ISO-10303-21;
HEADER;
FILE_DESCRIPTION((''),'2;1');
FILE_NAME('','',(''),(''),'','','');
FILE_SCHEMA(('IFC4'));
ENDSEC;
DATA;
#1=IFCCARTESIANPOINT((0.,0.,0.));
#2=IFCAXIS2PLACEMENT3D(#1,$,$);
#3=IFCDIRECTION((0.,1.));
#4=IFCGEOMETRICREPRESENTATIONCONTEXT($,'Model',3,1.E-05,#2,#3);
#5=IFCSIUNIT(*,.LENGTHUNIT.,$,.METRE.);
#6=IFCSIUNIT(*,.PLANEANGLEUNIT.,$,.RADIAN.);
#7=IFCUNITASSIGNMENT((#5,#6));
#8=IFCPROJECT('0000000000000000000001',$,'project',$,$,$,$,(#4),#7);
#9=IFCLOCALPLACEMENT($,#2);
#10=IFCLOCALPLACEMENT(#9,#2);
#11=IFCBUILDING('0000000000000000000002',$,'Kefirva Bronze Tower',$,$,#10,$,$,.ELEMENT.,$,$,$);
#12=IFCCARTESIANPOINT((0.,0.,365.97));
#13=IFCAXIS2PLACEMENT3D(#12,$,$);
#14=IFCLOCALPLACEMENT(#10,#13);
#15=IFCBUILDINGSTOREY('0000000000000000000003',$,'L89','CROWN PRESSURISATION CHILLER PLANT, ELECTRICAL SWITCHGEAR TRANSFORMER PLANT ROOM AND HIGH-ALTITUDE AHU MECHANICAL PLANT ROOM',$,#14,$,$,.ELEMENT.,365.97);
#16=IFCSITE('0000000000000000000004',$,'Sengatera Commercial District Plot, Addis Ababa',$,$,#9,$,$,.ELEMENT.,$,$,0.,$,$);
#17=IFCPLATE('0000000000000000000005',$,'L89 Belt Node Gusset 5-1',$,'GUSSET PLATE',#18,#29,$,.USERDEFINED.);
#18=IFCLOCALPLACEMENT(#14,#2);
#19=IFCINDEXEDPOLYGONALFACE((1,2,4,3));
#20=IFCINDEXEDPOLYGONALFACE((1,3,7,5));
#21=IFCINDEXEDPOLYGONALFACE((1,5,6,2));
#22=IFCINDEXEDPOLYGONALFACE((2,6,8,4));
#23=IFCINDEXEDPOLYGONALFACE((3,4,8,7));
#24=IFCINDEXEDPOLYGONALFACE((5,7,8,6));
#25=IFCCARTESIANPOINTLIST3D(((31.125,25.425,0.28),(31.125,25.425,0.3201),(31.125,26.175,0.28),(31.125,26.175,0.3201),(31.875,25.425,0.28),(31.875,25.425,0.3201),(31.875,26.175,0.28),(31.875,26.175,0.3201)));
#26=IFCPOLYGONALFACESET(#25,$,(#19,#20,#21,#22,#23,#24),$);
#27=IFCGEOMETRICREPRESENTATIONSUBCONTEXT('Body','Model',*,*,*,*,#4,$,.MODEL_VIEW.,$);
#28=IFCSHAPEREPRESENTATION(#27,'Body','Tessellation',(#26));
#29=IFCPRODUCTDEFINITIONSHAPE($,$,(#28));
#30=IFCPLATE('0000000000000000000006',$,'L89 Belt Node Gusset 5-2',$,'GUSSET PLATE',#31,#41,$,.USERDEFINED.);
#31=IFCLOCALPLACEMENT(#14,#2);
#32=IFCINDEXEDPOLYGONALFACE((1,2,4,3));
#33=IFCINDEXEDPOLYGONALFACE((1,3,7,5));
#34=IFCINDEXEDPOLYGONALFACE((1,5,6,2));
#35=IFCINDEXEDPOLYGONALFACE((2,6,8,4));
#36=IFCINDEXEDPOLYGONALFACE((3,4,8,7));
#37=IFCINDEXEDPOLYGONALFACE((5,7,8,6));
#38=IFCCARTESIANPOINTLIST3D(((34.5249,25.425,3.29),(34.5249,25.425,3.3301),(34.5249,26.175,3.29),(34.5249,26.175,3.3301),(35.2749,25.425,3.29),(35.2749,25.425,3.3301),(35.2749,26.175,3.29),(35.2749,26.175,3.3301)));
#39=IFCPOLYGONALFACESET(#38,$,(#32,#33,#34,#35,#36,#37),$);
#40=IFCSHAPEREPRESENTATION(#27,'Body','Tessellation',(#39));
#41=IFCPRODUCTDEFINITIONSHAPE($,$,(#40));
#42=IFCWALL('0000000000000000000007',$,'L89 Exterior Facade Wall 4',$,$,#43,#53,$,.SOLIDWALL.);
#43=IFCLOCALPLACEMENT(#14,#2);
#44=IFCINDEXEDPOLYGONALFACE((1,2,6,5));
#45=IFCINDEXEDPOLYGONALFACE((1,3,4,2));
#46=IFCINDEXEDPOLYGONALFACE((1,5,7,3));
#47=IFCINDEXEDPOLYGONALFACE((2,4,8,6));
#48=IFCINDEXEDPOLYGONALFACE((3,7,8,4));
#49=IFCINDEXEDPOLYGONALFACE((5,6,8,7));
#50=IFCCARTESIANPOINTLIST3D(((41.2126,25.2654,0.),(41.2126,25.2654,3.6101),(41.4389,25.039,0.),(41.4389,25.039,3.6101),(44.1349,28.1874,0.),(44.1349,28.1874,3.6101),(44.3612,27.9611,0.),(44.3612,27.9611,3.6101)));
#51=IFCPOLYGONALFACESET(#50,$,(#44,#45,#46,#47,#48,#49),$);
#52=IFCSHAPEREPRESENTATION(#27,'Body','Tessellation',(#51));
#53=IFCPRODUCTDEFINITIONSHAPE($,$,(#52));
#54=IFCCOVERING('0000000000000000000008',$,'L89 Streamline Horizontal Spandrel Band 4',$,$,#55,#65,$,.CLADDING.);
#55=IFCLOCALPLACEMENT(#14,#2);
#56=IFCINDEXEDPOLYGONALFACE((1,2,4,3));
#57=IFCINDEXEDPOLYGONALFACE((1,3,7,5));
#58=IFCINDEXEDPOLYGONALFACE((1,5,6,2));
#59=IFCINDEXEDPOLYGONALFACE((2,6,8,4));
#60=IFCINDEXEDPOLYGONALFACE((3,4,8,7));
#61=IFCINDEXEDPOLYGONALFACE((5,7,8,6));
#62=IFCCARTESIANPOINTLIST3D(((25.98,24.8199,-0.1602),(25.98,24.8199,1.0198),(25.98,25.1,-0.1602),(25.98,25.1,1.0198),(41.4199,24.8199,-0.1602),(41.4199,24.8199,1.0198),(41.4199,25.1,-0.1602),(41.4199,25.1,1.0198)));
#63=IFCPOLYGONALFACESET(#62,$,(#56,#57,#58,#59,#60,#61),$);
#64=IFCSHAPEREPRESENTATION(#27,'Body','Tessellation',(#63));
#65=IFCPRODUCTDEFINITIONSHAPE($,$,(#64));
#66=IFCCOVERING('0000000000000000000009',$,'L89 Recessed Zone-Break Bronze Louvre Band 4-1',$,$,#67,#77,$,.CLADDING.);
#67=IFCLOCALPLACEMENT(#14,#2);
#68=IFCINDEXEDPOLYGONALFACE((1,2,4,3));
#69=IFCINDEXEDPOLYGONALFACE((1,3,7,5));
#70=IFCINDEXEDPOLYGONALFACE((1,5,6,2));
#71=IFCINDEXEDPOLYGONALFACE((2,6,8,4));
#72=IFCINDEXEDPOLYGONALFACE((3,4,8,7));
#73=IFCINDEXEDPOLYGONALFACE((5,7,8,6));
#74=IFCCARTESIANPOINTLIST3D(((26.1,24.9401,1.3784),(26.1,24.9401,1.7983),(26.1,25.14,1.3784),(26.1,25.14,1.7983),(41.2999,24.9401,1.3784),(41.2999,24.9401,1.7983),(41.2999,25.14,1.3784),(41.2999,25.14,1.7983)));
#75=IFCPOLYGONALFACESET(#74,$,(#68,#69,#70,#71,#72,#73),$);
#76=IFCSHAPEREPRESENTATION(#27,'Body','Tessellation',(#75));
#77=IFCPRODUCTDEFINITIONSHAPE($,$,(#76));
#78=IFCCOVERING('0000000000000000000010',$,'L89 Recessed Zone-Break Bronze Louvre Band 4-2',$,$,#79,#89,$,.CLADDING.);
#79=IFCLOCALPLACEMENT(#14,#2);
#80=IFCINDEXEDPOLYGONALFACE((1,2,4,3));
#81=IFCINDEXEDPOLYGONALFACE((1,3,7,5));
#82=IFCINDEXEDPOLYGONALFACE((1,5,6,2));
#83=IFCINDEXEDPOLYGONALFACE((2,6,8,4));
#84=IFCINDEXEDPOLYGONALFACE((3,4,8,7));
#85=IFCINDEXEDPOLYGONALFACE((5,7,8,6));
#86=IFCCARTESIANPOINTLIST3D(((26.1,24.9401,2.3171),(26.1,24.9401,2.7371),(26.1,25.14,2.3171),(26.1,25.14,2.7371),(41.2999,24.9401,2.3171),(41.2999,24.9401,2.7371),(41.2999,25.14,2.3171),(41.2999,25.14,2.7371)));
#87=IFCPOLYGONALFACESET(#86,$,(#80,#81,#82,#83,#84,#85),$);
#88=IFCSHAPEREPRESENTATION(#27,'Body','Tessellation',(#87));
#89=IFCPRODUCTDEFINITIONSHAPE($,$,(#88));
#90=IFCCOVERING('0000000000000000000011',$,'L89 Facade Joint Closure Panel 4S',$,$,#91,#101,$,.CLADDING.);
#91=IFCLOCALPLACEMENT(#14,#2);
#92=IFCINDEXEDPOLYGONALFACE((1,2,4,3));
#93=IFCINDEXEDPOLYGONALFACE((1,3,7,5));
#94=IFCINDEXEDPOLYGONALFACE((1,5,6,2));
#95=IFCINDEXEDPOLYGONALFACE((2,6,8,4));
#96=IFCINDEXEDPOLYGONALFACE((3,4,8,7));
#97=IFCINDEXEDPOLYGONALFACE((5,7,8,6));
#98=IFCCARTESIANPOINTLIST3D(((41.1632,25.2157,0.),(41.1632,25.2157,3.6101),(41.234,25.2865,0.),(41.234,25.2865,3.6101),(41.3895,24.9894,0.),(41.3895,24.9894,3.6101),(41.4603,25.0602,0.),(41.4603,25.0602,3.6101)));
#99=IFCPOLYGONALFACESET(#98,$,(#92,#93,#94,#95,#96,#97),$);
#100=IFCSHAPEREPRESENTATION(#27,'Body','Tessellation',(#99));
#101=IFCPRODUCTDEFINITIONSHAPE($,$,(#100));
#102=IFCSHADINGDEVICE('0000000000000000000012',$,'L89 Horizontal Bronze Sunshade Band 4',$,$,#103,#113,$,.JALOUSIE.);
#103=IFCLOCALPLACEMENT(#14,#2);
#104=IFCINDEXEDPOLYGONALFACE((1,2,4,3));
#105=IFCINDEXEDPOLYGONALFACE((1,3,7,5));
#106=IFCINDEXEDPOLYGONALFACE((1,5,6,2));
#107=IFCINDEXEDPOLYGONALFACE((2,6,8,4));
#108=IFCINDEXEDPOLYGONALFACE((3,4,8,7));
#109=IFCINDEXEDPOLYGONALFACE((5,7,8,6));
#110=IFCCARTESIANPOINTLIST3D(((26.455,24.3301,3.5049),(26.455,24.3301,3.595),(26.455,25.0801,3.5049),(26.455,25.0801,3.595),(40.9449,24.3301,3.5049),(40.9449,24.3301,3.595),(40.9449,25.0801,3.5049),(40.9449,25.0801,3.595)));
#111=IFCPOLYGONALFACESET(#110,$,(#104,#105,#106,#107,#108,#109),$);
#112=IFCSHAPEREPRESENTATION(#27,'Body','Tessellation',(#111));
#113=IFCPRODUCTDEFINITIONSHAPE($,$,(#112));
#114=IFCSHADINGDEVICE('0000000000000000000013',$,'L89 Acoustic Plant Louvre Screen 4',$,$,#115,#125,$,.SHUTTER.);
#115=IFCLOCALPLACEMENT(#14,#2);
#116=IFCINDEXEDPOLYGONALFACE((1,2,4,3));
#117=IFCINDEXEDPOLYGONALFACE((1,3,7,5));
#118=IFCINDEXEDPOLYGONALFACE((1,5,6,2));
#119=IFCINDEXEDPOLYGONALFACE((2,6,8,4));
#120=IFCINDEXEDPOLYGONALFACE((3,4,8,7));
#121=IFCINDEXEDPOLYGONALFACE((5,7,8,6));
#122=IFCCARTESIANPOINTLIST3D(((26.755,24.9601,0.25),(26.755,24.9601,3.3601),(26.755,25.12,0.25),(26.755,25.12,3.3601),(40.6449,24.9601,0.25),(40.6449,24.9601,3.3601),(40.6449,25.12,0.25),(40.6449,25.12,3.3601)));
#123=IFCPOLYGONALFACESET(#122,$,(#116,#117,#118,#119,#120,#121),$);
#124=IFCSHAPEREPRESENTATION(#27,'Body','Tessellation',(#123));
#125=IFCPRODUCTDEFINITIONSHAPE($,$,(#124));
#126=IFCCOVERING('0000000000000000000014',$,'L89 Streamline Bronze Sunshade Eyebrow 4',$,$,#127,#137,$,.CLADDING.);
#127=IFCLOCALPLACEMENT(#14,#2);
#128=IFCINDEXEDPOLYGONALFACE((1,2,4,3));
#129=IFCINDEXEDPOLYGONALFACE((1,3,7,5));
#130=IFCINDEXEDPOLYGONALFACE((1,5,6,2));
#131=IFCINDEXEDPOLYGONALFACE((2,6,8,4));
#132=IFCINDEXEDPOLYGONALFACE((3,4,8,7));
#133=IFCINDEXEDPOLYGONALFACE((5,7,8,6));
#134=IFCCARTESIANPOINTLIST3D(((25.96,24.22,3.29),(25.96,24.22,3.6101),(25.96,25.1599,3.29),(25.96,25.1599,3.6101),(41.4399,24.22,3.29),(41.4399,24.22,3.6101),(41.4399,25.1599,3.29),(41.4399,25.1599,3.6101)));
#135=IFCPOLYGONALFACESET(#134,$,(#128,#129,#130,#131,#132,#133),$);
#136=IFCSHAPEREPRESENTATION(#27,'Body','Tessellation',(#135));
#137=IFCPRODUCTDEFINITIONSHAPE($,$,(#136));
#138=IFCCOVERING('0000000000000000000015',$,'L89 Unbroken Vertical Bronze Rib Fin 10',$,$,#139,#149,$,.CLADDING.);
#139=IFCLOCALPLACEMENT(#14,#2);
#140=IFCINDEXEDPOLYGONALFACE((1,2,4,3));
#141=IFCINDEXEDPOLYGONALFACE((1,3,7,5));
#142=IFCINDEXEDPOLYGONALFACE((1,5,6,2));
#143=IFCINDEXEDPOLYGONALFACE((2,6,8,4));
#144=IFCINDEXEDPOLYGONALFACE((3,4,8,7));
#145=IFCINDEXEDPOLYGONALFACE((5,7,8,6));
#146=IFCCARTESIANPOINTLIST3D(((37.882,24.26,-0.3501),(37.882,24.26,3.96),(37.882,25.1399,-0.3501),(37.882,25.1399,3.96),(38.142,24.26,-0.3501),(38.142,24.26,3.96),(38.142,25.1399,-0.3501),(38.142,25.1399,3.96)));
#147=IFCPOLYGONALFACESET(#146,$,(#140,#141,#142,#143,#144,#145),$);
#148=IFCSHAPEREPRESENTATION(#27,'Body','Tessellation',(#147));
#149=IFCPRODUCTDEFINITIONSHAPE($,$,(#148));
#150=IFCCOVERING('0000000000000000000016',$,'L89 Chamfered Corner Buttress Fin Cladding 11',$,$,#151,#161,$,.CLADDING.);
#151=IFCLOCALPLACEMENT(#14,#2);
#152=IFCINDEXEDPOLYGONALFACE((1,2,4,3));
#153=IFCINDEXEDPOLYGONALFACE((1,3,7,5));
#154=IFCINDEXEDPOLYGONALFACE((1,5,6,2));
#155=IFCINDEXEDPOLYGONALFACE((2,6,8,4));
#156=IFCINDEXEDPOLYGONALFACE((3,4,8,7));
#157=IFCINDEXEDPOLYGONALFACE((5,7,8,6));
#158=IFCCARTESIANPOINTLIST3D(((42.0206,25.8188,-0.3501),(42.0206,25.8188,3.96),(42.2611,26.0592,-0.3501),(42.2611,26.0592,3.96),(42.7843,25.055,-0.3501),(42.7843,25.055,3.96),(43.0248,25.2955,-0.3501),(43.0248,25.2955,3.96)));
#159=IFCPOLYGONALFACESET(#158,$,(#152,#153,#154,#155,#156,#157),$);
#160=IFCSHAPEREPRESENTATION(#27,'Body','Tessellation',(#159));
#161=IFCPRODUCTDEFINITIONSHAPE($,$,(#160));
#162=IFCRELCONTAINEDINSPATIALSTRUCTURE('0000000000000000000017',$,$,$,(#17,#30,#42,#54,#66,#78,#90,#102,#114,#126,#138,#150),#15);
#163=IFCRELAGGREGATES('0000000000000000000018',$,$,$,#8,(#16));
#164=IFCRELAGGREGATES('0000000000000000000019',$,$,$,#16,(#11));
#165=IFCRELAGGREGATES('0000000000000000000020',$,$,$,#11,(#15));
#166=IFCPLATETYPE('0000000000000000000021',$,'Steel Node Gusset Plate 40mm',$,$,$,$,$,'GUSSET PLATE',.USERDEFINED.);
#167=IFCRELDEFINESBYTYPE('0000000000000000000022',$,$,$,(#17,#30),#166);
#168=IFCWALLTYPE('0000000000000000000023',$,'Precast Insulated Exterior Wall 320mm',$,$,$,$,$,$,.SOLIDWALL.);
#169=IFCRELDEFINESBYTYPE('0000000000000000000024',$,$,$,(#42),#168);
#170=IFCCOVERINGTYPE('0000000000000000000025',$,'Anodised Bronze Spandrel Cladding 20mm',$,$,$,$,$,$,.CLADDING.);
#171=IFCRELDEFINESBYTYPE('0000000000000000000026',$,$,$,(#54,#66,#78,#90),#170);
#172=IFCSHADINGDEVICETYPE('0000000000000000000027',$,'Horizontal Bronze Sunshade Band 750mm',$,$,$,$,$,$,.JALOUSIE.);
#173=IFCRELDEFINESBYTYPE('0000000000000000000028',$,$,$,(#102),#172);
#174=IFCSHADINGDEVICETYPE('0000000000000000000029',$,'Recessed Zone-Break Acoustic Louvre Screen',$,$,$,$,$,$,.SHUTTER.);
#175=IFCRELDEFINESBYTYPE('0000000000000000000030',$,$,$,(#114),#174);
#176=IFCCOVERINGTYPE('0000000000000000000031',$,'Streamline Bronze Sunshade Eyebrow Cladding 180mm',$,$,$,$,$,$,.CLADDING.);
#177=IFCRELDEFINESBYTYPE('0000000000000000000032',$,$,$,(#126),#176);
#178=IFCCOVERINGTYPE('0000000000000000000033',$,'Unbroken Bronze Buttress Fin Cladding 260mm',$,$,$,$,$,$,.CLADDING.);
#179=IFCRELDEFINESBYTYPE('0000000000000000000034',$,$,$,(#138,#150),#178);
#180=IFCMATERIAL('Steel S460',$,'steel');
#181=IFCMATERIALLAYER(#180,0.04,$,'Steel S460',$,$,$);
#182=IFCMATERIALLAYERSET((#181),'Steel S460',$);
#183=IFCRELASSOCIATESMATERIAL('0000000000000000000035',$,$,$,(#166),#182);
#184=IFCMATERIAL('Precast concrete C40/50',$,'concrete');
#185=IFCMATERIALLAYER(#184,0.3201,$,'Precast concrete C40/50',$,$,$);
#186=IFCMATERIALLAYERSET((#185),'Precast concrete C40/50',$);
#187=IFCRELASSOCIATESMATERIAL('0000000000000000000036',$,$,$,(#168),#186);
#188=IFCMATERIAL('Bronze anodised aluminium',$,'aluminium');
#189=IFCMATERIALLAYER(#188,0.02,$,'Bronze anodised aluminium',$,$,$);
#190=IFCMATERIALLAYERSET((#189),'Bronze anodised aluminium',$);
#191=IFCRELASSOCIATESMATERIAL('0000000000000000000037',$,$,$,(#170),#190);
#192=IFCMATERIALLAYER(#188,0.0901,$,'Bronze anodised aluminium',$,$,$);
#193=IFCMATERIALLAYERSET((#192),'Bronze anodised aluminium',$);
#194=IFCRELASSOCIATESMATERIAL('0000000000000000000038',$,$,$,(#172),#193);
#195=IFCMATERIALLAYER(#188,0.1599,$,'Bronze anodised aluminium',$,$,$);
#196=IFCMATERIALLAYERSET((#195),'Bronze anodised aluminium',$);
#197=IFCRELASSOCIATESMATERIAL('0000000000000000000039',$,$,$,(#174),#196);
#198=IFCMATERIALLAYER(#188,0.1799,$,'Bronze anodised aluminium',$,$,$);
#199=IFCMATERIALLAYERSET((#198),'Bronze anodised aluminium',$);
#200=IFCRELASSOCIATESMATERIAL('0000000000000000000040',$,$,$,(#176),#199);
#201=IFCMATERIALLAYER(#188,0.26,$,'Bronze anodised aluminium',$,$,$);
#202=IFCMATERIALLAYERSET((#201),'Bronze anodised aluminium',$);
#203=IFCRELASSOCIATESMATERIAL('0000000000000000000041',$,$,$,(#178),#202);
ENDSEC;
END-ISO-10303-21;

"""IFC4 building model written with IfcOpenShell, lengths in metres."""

from ifc_helpers import new_model, si_unit, direction, frame, frame_2d, origin, origin_2d, place, context, subcontext, project, spatial, rectangle, extrude, material, layer, layer_set, type_object, element, save


model = new_model("IFC4")

# Units and contexts
model_context = context("Model", 3, precision=1e-05, world=origin(), true_north=direction((0.0, 1.0)))
body_context = subcontext(model_context, "Body", "Model", "MODEL_VIEW")
ifc_project = project(units=[si_unit("LENGTHUNIT", "METRE"), si_unit("PLANEANGLEUNIT", "RADIAN")], contexts=[model_context])

# Site, building, storey
site_placement = place(None, origin())
site = spatial("IfcSite", under=ifc_project, at=site_placement, Name="Sengatera Commercial District Plot, Addis Ababa", CompositionType="ELEMENT", RefElevation=0.0)
building_placement = place(site_placement, origin())
building = spatial("IfcBuilding", under=site, at=building_placement, Name="Kefirva Bronze Tower", CompositionType="ELEMENT")
storey_placement = place(building_placement, frame((0.0, 0.0, 365.97)))
storey = spatial("IfcBuildingStorey", under=building, at=storey_placement, Name="L89", Description="CROWN PRESSURISATION CHILLER PLANT, ELECTRICAL SWITCHGEAR TRANSFORMER PLANT ROOM AND HIGH-ALTITUDE AHU MECHANICAL PLANT ROOM", CompositionType="ELEMENT", Elevation=365.97)

# Shared definitions
ifc_material_1 = material(Name="Bronze anodised aluminium", Category="aluminium")

# Shared definitions
ifc_material_2 = material(Name="Steel S460", Category="steel")

# Plates
ifc_layer_1 = layer(ifc_material_2, 0.04, Name="Steel S460")
ifc_layer_set_1 = layer_set([ifc_layer_1], Name="Steel S460")
plate_type_1 = type_object("IfcPlateType", Name="Steel Node Gusset Plate 40mm", ElementType="GUSSET PLATE", PredefinedType="USERDEFINED", material=ifc_layer_set_1)
for number, where, z_axis, x_axis, name in (
    (1, (31.5, 25.8, 0.28), (0.0, 0.0, 1.0), (1.0, 0.0, 0.0), "L89 Belt Node Gusset 5-1"),
    (2, (34.8999, 25.8, 3.29), (0.0, 0.0, 1.0), (1.0, 0.0, 0.0), "L89 Belt Node Gusset 5-2"),
):
    element("IfcPlate", number, at=place(storey_placement, frame(where, z_axis=z_axis, x_axis=x_axis)), inside=storey, type_object=plate_type_1, Name=name, ObjectType="GUSSET PLATE", PredefinedType="USERDEFINED", context=body_context, shape_type="SweptSolid", body=[
        extrude(rectangle(XDim=0.75, YDim=0.75, at=origin_2d()), origin(), (0.0, 0.0, 1.0), 0.04),
    ])

# Wall
ifc_material_3 = material(Name="Precast concrete C40/50", Category="concrete")
ifc_layer_2 = layer(ifc_material_3, 0.3201, Name="Precast concrete C40/50")
ifc_layer_set_2 = layer_set([ifc_layer_2], Name="Precast concrete C40/50")
wall_type = type_object("IfcWallType", Name="Precast Insulated Exterior Wall 320mm", PredefinedType="SOLIDWALL", material=ifc_layer_set_2)
wall_placement = place(storey_placement, frame((41.3257, 25.1521, 0.0), z_axis=(0.0, 0.0, 1.0), x_axis=(0.707136, 0.707077, 0.0)))
element("IfcWall", 3, at=wall_placement, inside=storey, type_object=wall_type, Name="L89 Exterior Facade Wall 4", PredefinedType="SOLIDWALL", context=body_context, shape_type="SweptSolid", body=[
    extrude(rectangle(XDim=4.1326, YDim=0.3201, at=frame_2d((2.0664, 0.0))), origin(), (0.0, 0.0, 1.0), 3.6101),
])

# Coverings
ifc_layer_3 = layer(ifc_material_1, 0.02, Name="Bronze anodised aluminium")
ifc_layer_set_3 = layer_set([ifc_layer_3], Name="Bronze anodised aluminium")
covering_type_1 = type_object("IfcCoveringType", Name="Anodised Bronze Spandrel Cladding 20mm", PredefinedType="CLADDING", material=ifc_layer_set_3)
covering_1_placement = place(storey_placement, frame((33.7, 24.96, -0.1602), z_axis=(0.0, 0.0, 1.0), x_axis=(1.0, 0.0, 0.0)))
element("IfcCovering", 4, at=covering_1_placement, inside=storey, type_object=covering_type_1, Name="L89 Streamline Horizontal Spandrel Band 4", PredefinedType="CLADDING", context=body_context, shape_type="SweptSolid", body=[
    extrude(rectangle(XDim=15.4399, YDim=0.28, at=origin_2d()), origin(), (0.0, 0.0, 1.0), 1.1799),
])
for number, where, z_axis, x_axis, name in (
    (5, (33.7, 25.04, 1.3784), (0.0, 0.0, 1.0), (1.0, 0.0, 0.0), "L89 Recessed Zone-Break Bronze Louvre Band 4-1"),
    (6, (33.7, 25.04, 2.3171), (0.0, 0.0, 1.0), (1.0, 0.0, 0.0), "L89 Recessed Zone-Break Bronze Louvre Band 4-2"),
):
    element("IfcCovering", number, at=place(storey_placement, frame(where, z_axis=z_axis, x_axis=x_axis)), inside=storey, type_object=covering_type_1, Name=name, PredefinedType="CLADDING", context=body_context, shape_type="SweptSolid", body=[
        extrude(rectangle(XDim=15.2, YDim=0.2, at=origin_2d()), origin(), (0.0, 0.0, 1.0), 0.4199),
    ])
covering_2_placement = place(storey_placement, frame((41.3118, 25.1379, 0.0), z_axis=(0.0, 0.0, 1.0), x_axis=(0.707107, 0.707107, 0.0)))
element("IfcCovering", 7, at=covering_2_placement, inside=storey, type_object=covering_type_1, Name="L89 Facade Joint Closure Panel 4S", PredefinedType="CLADDING", context=body_context, shape_type="SweptSolid", body=[
    extrude(rectangle(XDim=0.1001, YDim=0.3201, at=origin_2d()), origin(), (0.0, 0.0, 1.0), 3.6101),
])

# Shading devices
ifc_layer_4 = layer(ifc_material_1, 0.0901, Name="Bronze anodised aluminium")
ifc_layer_set_4 = layer_set([ifc_layer_4], Name="Bronze anodised aluminium")
shading_device_type_1 = type_object("IfcShadingDeviceType", Name="Horizontal Bronze Sunshade Band 750mm", PredefinedType="JALOUSIE", material=ifc_layer_set_4)
shading_device_1_placement = place(storey_placement, frame((33.7, 24.7051, 3.5049), z_axis=(0.0, 0.0, 1.0), x_axis=(1.0, 0.0, 0.0)))
element("IfcShadingDevice", 8, at=shading_device_1_placement, inside=storey, type_object=shading_device_type_1, Name="L89 Horizontal Bronze Sunshade Band 4", PredefinedType="JALOUSIE", context=body_context, shape_type="SweptSolid", body=[
    extrude(rectangle(XDim=14.49, YDim=0.75, at=origin_2d()), origin(), (0.0, 0.0, 1.0), 0.0901),
])
ifc_layer_5 = layer(ifc_material_1, 0.1599, Name="Bronze anodised aluminium")
ifc_layer_set_5 = layer_set([ifc_layer_5], Name="Bronze anodised aluminium")
shading_device_type_2 = type_object("IfcShadingDeviceType", Name="Recessed Zone-Break Acoustic Louvre Screen", PredefinedType="SHUTTER", material=ifc_layer_set_5)
shading_device_2_placement = place(storey_placement, frame((33.7, 25.04, 0.25), z_axis=(0.0, 0.0, 1.0), x_axis=(1.0, 0.0, 0.0)))
element("IfcShadingDevice", 9, at=shading_device_2_placement, inside=storey, type_object=shading_device_type_2, Name="L89 Acoustic Plant Louvre Screen 4", PredefinedType="SHUTTER", context=body_context, shape_type="SweptSolid", body=[
    extrude(rectangle(XDim=13.8899, YDim=0.1599, at=origin_2d()), origin(), (0.0, 0.0, 1.0), 3.1101),
])

# Coverings
ifc_layer_6 = layer(ifc_material_1, 0.1799, Name="Bronze anodised aluminium")
ifc_layer_set_6 = layer_set([ifc_layer_6], Name="Bronze anodised aluminium")
covering_type_2 = type_object("IfcCoveringType", Name="Streamline Bronze Sunshade Eyebrow Cladding 180mm", PredefinedType="CLADDING", material=ifc_layer_set_6)
covering_3_placement = place(storey_placement, frame((33.7, 24.6899, 3.29), z_axis=(0.0, 0.0, 1.0), x_axis=(1.0, 0.0, 0.0)))
element("IfcCovering", 10, at=covering_3_placement, inside=storey, type_object=covering_type_2, Name="L89 Streamline Bronze Sunshade Eyebrow 4", PredefinedType="CLADDING", context=body_context, shape_type="SweptSolid", body=[
    extrude(rectangle(XDim=15.48, YDim=0.9399, at=origin_2d()), origin(), (0.0, 0.0, 1.0), 0.3201),
])
ifc_layer_7 = layer(ifc_material_1, 0.26, Name="Bronze anodised aluminium")
ifc_layer_set_7 = layer_set([ifc_layer_7], Name="Bronze anodised aluminium")
covering_type_3 = type_object("IfcCoveringType", Name="Unbroken Bronze Buttress Fin Cladding 260mm", PredefinedType="CLADDING", material=ifc_layer_set_7)
covering_4_placement = place(storey_placement, frame((38.012, 24.7, -0.3501), z_axis=(0.0, 0.0, 1.0), x_axis=(1.0, 0.0, 0.0)))
element("IfcCovering", 11, at=covering_4_placement, inside=storey, type_object=covering_type_3, Name="L89 Unbroken Vertical Bronze Rib Fin 10", PredefinedType="CLADDING", context=body_context, shape_type="SweptSolid", body=[
    extrude(rectangle(XDim=0.26, YDim=0.8799, at=origin_2d()), origin(), (0.0, 0.0, 1.0), 4.3101),
])
covering_5_placement = place(storey_placement, frame((42.5227, 25.5571, -0.3501), z_axis=(0.0, 0.0, 1.0), x_axis=(0.707107, 0.707107, 0.0)))
element("IfcCovering", 12, at=covering_5_placement, inside=storey, type_object=covering_type_3, Name="L89 Chamfered Corner Buttress Fin Cladding 11", PredefinedType="CLADDING", context=body_context, shape_type="SweptSolid", body=[
    extrude(rectangle(XDim=0.3401, YDim=1.0801, at=origin_2d()), origin(), (0.0, 0.0, 1.0), 4.3101),
])

save(model, "model.ifc")
